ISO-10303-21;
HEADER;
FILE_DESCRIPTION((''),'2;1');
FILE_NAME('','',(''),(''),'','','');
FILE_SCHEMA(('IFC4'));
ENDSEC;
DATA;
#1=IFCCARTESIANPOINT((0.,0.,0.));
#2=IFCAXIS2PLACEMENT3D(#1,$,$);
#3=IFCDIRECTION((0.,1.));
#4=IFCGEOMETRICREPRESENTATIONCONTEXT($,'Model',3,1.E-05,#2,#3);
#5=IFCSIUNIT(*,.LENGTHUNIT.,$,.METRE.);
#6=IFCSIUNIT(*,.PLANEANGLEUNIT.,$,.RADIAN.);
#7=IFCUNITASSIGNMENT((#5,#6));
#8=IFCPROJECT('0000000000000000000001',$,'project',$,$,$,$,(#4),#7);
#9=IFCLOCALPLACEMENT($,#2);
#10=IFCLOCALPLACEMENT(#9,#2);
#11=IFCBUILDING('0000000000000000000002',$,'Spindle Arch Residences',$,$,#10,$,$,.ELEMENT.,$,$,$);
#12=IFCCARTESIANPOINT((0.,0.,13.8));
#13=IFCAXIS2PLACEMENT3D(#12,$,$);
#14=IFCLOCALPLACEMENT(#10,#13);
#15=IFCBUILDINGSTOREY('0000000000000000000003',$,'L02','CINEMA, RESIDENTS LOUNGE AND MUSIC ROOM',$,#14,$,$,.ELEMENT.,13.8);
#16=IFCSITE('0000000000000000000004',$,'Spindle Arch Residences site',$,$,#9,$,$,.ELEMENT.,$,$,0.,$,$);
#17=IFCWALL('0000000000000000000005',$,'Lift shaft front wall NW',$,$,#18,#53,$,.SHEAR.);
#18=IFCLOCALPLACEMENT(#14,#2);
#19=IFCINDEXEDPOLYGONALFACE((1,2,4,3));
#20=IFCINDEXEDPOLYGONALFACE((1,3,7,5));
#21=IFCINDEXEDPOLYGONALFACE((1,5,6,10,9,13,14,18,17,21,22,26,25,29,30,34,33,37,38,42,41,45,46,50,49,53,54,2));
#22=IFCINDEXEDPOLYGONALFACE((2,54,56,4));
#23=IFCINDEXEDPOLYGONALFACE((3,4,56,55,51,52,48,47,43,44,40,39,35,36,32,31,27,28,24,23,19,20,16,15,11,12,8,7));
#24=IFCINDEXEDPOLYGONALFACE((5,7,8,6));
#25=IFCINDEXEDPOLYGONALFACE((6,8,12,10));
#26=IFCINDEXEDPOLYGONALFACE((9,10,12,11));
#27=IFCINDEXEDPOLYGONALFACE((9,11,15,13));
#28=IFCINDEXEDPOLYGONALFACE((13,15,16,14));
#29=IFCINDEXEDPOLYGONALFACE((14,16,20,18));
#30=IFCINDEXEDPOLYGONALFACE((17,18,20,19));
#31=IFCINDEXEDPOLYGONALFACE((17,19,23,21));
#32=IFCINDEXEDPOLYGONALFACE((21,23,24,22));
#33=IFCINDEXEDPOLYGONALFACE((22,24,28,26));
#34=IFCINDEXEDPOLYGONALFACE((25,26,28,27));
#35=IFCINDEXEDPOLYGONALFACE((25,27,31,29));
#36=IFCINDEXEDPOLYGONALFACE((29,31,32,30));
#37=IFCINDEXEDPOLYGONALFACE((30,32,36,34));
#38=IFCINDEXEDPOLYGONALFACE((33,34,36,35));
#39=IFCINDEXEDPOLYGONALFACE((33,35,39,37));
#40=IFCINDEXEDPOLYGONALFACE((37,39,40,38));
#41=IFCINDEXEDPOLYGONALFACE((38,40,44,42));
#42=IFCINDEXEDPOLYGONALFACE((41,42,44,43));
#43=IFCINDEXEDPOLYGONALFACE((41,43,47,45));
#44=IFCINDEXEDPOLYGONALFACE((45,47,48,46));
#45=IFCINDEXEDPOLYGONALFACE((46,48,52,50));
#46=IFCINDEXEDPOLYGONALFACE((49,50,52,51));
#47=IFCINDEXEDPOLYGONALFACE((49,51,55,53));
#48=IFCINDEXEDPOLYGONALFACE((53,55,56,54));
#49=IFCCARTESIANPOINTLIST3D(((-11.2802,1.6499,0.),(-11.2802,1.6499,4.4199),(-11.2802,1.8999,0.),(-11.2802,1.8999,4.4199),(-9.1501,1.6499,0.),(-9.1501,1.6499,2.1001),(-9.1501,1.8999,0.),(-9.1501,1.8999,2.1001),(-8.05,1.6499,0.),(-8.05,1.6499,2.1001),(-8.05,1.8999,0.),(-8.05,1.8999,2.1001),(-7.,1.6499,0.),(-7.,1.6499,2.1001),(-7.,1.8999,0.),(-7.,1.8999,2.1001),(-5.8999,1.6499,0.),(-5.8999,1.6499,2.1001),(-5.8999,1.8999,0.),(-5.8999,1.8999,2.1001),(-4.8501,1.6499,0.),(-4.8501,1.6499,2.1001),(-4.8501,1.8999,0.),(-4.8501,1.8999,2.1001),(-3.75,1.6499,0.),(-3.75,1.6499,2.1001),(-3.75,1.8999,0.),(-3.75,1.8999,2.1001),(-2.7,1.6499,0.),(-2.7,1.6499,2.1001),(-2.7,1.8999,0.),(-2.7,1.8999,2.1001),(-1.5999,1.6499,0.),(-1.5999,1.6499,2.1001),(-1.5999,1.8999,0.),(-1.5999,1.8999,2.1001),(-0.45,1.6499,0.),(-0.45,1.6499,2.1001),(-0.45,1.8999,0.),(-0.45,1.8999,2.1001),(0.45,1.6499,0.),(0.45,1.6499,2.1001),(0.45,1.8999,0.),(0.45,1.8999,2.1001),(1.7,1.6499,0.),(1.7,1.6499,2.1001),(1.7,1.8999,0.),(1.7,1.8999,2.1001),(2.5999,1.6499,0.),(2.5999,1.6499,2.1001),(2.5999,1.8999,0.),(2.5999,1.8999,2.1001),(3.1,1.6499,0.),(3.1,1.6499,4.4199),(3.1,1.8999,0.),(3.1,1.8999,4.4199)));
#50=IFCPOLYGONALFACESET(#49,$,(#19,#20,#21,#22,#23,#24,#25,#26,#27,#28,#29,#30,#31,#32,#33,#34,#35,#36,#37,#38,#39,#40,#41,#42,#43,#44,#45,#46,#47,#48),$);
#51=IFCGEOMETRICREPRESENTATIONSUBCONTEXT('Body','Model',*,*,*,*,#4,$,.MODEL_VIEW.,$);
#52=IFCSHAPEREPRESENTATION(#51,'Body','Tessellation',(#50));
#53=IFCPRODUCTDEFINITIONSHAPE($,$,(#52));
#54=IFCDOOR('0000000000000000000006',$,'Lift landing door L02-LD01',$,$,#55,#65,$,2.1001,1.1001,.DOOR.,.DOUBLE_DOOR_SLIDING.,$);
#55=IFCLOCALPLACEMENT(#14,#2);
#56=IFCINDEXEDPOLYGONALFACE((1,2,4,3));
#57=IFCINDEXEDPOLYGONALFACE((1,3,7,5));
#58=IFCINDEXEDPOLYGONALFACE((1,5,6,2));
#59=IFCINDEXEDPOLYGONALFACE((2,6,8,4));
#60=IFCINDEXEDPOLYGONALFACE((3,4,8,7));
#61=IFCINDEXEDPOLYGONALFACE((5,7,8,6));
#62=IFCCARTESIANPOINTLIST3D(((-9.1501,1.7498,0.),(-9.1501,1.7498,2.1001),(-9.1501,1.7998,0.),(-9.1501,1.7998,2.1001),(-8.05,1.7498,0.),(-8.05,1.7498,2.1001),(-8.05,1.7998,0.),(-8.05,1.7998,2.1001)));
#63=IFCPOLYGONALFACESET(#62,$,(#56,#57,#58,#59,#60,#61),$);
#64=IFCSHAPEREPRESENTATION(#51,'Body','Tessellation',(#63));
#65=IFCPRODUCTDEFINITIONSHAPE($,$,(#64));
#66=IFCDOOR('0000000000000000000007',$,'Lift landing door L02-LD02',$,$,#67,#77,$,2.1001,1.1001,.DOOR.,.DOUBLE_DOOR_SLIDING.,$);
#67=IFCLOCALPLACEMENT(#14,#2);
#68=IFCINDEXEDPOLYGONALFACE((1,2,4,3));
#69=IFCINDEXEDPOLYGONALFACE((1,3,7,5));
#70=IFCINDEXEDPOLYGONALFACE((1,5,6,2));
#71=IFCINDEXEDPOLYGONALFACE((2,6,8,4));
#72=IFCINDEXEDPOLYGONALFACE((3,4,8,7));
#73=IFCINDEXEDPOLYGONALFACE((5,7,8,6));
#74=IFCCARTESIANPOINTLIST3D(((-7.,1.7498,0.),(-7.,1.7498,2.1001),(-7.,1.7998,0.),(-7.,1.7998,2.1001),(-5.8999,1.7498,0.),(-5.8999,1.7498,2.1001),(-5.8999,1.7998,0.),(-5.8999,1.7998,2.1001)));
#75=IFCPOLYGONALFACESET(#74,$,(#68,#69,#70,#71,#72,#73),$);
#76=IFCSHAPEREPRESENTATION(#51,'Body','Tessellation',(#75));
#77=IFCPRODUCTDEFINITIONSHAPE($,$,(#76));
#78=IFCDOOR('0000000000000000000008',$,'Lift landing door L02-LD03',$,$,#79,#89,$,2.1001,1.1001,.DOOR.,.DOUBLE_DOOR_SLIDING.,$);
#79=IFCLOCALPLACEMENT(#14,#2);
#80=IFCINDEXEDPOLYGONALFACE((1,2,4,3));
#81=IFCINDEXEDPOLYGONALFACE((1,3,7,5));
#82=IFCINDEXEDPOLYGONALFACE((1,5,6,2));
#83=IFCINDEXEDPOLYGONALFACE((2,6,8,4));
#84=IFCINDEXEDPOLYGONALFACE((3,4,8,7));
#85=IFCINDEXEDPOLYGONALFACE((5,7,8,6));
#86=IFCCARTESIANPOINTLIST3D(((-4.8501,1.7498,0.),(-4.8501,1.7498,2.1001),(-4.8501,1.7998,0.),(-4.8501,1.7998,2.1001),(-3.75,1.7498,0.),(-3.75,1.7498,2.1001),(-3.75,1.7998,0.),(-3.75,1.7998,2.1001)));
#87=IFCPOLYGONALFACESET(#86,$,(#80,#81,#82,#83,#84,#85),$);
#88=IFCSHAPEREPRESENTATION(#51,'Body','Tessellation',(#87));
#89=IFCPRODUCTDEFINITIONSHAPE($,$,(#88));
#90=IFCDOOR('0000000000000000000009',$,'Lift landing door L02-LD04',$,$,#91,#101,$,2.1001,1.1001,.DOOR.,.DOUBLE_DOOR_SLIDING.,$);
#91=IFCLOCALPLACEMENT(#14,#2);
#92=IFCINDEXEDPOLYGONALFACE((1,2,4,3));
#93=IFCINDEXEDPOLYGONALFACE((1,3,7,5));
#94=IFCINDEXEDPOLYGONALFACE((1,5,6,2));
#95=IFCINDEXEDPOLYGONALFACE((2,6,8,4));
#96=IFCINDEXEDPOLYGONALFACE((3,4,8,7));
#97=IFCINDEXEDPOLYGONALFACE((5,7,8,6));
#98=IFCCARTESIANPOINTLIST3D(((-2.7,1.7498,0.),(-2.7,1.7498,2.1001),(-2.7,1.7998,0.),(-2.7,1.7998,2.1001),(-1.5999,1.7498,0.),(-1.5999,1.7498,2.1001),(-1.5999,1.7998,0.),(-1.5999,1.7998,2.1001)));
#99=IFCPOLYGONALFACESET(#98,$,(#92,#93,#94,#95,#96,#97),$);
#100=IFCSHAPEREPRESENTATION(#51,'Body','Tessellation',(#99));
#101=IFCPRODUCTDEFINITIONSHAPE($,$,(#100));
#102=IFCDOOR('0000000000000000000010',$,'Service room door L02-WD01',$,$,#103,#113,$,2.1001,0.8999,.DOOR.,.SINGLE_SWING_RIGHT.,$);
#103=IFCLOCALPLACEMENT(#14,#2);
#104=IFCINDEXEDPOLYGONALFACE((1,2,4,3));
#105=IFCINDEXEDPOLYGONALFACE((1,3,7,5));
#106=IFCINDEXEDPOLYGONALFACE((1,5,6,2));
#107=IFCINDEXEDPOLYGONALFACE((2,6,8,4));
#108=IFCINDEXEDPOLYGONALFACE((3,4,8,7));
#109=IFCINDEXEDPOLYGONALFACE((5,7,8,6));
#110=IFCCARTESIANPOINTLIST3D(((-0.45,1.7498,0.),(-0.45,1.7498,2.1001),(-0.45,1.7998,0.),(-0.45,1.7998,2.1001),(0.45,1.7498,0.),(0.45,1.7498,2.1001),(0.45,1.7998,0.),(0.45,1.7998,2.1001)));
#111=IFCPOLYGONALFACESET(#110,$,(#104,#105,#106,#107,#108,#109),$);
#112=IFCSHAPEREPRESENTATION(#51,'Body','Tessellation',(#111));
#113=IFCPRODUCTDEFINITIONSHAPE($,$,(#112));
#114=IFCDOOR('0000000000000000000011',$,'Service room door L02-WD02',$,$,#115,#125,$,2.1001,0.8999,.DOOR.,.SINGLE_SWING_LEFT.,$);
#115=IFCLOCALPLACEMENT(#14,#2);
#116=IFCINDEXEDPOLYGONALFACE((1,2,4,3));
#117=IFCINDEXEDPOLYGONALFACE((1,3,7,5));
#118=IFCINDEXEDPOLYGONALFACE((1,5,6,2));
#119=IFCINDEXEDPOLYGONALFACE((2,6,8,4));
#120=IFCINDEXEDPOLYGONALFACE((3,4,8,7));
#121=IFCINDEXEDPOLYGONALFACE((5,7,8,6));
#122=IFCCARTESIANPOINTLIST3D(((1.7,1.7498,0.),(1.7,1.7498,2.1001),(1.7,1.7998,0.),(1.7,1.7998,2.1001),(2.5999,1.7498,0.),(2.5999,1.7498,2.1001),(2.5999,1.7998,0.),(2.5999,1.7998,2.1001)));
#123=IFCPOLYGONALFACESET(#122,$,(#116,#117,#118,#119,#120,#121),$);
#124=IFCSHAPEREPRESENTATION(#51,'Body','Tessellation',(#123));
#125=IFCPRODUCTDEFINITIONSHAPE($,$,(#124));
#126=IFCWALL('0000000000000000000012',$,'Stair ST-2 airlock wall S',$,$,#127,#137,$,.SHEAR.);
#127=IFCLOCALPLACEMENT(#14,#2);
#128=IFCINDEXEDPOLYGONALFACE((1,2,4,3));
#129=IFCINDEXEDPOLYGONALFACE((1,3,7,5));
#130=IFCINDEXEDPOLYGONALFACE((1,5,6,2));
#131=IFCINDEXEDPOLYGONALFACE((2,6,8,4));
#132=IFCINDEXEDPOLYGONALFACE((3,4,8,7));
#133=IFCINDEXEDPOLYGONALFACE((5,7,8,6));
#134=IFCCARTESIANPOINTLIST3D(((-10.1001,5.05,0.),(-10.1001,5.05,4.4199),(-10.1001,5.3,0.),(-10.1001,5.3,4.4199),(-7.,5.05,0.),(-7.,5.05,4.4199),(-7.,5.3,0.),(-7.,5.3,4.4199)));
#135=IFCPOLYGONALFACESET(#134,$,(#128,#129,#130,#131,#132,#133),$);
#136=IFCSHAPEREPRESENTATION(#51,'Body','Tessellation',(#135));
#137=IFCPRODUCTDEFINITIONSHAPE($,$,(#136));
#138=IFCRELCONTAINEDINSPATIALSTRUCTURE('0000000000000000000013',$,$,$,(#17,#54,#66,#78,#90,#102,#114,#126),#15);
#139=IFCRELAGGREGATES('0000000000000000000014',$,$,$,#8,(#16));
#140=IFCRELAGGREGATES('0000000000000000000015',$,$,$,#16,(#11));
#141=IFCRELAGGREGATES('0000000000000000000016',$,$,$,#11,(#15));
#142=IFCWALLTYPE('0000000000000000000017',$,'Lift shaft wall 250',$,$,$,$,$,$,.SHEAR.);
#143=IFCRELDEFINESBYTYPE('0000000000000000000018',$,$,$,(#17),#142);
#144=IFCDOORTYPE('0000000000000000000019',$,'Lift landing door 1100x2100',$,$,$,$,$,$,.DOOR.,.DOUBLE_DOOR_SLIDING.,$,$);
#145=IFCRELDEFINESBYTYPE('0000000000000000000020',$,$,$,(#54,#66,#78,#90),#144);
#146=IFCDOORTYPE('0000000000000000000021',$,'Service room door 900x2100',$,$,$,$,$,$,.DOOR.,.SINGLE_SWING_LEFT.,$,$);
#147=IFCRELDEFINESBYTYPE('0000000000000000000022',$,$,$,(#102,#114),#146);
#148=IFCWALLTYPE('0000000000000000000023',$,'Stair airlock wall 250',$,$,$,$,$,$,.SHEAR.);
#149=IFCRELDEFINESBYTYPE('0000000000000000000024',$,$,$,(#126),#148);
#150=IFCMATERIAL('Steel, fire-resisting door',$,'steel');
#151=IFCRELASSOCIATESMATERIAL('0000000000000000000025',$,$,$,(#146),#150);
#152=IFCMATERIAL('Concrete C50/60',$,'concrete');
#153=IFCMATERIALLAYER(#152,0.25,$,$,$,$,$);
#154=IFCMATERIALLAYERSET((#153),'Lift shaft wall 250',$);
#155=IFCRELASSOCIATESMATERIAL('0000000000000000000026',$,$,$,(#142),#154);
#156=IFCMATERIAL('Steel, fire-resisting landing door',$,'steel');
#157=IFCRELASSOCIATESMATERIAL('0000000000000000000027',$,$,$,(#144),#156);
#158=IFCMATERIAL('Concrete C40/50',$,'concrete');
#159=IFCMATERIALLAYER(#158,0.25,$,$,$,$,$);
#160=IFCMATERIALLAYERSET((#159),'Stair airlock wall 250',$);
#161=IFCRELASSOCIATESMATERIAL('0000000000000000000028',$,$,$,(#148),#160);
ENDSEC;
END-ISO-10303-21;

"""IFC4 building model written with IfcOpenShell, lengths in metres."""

from ifc_helpers import new_model, si_unit, direction, frame, frame_2d, origin, place, context, subcontext, project, spatial, rectangle, extrude, material, layer, layer_set, type_object, element, fill, save


model = new_model("IFC4")

# Units and contexts
model_context = context("Model", 3, precision=1e-05, world=origin(), true_north=direction((0.0, 1.0)))
body_context = subcontext(model_context, "Body", "Model", "MODEL_VIEW")
ifc_project = project(units=[si_unit("LENGTHUNIT", "METRE"), si_unit("PLANEANGLEUNIT", "RADIAN")], contexts=[model_context])

# Site, building, storey
site_placement = place(None, origin())
site = spatial("IfcSite", under=ifc_project, at=site_placement, Name="Spindle Arch Residences site", CompositionType="ELEMENT", RefElevation=0.0)
building_placement = place(site_placement, origin())
building = spatial("IfcBuilding", under=site, at=building_placement, Name="Spindle Arch Residences", CompositionType="ELEMENT")
storey_placement = place(building_placement, frame((0.0, 0.0, 13.8)))
storey = spatial("IfcBuildingStorey", under=building, at=storey_placement, Name="L02", Description="CINEMA, RESIDENTS LOUNGE AND MUSIC ROOM", CompositionType="ELEMENT", Elevation=13.8)

# Shared definitions
ifc_material_1 = material(Name="Steel, fire-resisting door", Category="steel")
door_type_1 = type_object("IfcDoorType", Name="Service room door 900x2100", OperationType="SINGLE_SWING_LEFT", PredefinedType="DOOR", material=ifc_material_1)

# Wall, openings, doors
ifc_material_2 = material(Name="Concrete C50/60", Category="concrete")
ifc_layer_1 = layer(ifc_material_2, 0.25)
ifc_layer_set_1 = layer_set([ifc_layer_1], Name="Lift shaft wall 250")
wall_type_1 = type_object("IfcWallType", Name="Lift shaft wall 250", PredefinedType="SHEAR", material=ifc_layer_set_1)
wall_1_placement = place(storey_placement, frame((-11.28, 1.7749, 0.0), z_axis=(0.0, 0.0, 1.0), x_axis=(1.0, 0.0, 0.0)))
wall_1 = element("IfcWall", 1, at=wall_1_placement, inside=storey, type_object=wall_type_1, Name="Lift shaft front wall NW", PredefinedType="SHEAR", context=body_context, shape_type="SweptSolid", body=[
    extrude(rectangle(XDim=14.3801, YDim=0.25, at=frame_2d((7.1899, 0.0))), origin(), (0.0, 0.0, 1.0), 4.4199),
])
opening_1_placement = place(wall_1_placement, frame((2.1299, 0.0, 0.0)))
opening_1 = element("IfcOpeningElement", 2, at=opening_1_placement, cuts=wall_1, PredefinedType="OPENING", context=body_context, shape_type="SweptSolid", body=[
    extrude(rectangle(XDim=1.1001, YDim=2.1001, at=frame_2d((0.55, 1.05))), frame((0.0, 0.135, 0.0), z_axis=(0.0, -1.0, 0.0), x_axis=(1.0, 0.0, 0.0)), (0.0, 0.0, 1.0), 0.27),
])
opening_2_placement = place(wall_1_placement, frame((4.28, 0.0, 0.0)))
opening_2 = element("IfcOpeningElement", 3, at=opening_2_placement, cuts=wall_1, PredefinedType="OPENING", context=body_context, shape_type="SweptSolid", body=[
    extrude(rectangle(XDim=1.1001, YDim=2.1001, at=frame_2d((0.55, 1.05))), frame((0.0, 0.135, 0.0), z_axis=(0.0, -1.0, 0.0), x_axis=(1.0, 0.0, 0.0)), (0.0, 0.0, 1.0), 0.27),
])
opening_3_placement = place(wall_1_placement, frame((6.4299, 0.0, 0.0)))
opening_3 = element("IfcOpeningElement", 4, at=opening_3_placement, cuts=wall_1, PredefinedType="OPENING", context=body_context, shape_type="SweptSolid", body=[
    extrude(rectangle(XDim=1.1001, YDim=2.1001, at=frame_2d((0.55, 1.05))), frame((0.0, 0.135, 0.0), z_axis=(0.0, -1.0, 0.0), x_axis=(1.0, 0.0, 0.0)), (0.0, 0.0, 1.0), 0.27),
])
opening_4_placement = place(wall_1_placement, frame((8.5801, 0.0, 0.0)))
opening_4 = element("IfcOpeningElement", 5, at=opening_4_placement, cuts=wall_1, PredefinedType="OPENING", context=body_context, shape_type="SweptSolid", body=[
    extrude(rectangle(XDim=1.1001, YDim=2.1001, at=frame_2d((0.55, 1.05))), frame((0.0, 0.135, 0.0), z_axis=(0.0, -1.0, 0.0), x_axis=(1.0, 0.0, 0.0)), (0.0, 0.0, 1.0), 0.27),
])
opening_5_placement = place(wall_1_placement, frame((10.8301, 0.0, 0.0)))
opening_5 = element("IfcOpeningElement", 6, at=opening_5_placement, cuts=wall_1, PredefinedType="OPENING", context=body_context, shape_type="SweptSolid", body=[
    extrude(rectangle(XDim=0.8999, YDim=2.1001, at=frame_2d((0.45, 1.05))), frame((0.0, 0.135, 0.0), z_axis=(0.0, -1.0, 0.0), x_axis=(1.0, 0.0, 0.0)), (0.0, 0.0, 1.0), 0.27),
])
opening_6_placement = place(wall_1_placement, frame((12.98, 0.0, 0.0)))
opening_6 = element("IfcOpeningElement", 7, at=opening_6_placement, cuts=wall_1, PredefinedType="OPENING", context=body_context, shape_type="SweptSolid", body=[
    extrude(rectangle(XDim=0.8999, YDim=2.1001, at=frame_2d((0.45, 1.05))), frame((0.0, 0.135, 0.0), z_axis=(0.0, -1.0, 0.0), x_axis=(1.0, 0.0, 0.0)), (0.0, 0.0, 1.0), 0.27),
])
ifc_material_3 = material(Name="Steel, fire-resisting landing door", Category="steel")
door_type_2 = type_object("IfcDoorType", Name="Lift landing door 1100x2100", OperationType="DOUBLE_DOOR_SLIDING", PredefinedType="DOOR", material=ifc_material_3)
door_1_placement = place(opening_1_placement, origin())
door_1 = element("IfcDoor", 8, at=door_1_placement, inside=storey, type_object=door_type_2, Name="Lift landing door L02-LD01", OperationType="DOUBLE_DOOR_SLIDING", OverallHeight=2.1001, OverallWidth=1.1001, PredefinedType="DOOR", context=body_context, shape_type="SweptSolid", body=[
    extrude(rectangle(XDim=1.1001, YDim=2.1001, at=frame_2d((0.55, 1.05))), frame((0.0, 0.0249, 0.0), z_axis=(0.0, -1.0, 0.0), x_axis=(1.0, 0.0, 0.0)), (0.0, 0.0, 1.0), 0.05),
])
fill(opening_1, door_1)
door_2_placement = place(opening_2_placement, origin())
door_2 = element("IfcDoor", 9, at=door_2_placement, inside=storey, type_object=door_type_2, Name="Lift landing door L02-LD02", OperationType="DOUBLE_DOOR_SLIDING", OverallHeight=2.1001, OverallWidth=1.1001, PredefinedType="DOOR", context=body_context, shape_type="SweptSolid", body=[
    extrude(rectangle(XDim=1.1001, YDim=2.1001, at=frame_2d((0.55, 1.05))), frame((0.0, 0.0249, 0.0), z_axis=(0.0, -1.0, 0.0), x_axis=(1.0, 0.0, 0.0)), (0.0, 0.0, 1.0), 0.05),
])
fill(opening_2, door_2)
door_3_placement = place(opening_3_placement, origin())
door_3 = element("IfcDoor", 10, at=door_3_placement, inside=storey, type_object=door_type_2, Name="Lift landing door L02-LD03", OperationType="DOUBLE_DOOR_SLIDING", OverallHeight=2.1001, OverallWidth=1.1001, PredefinedType="DOOR", context=body_context, shape_type="SweptSolid", body=[
    extrude(rectangle(XDim=1.1001, YDim=2.1001, at=frame_2d((0.55, 1.05))), frame((0.0, 0.0249, 0.0), z_axis=(0.0, -1.0, 0.0), x_axis=(1.0, 0.0, 0.0)), (0.0, 0.0, 1.0), 0.05),
])
fill(opening_3, door_3)
door_4_placement = place(opening_4_placement, origin())
door_4 = element("IfcDoor", 11, at=door_4_placement, inside=storey, type_object=door_type_2, Name="Lift landing door L02-LD04", OperationType="DOUBLE_DOOR_SLIDING", OverallHeight=2.1001, OverallWidth=1.1001, PredefinedType="DOOR", context=body_context, shape_type="SweptSolid", body=[
    extrude(rectangle(XDim=1.1001, YDim=2.1001, at=frame_2d((0.55, 1.05))), frame((0.0, 0.0249, 0.0), z_axis=(0.0, -1.0, 0.0), x_axis=(1.0, 0.0, 0.0)), (0.0, 0.0, 1.0), 0.05),
])
fill(opening_4, door_4)
door_5_placement = place(opening_5_placement, origin())
door_5 = element("IfcDoor", 12, at=door_5_placement, inside=storey, type_object=door_type_1, Name="Service room door L02-WD01", OperationType="SINGLE_SWING_RIGHT", OverallHeight=2.1001, OverallWidth=0.8999, PredefinedType="DOOR", context=body_context, shape_type="SweptSolid", body=[
    extrude(rectangle(XDim=0.8999, YDim=2.1001, at=frame_2d((0.45, 1.05))), frame((0.0, 0.0249, 0.0), z_axis=(0.0, -1.0, 0.0), x_axis=(1.0, 0.0, 0.0)), (0.0, 0.0, 1.0), 0.05),
])
fill(opening_5, door_5)
door_6_placement = place(opening_6_placement, origin())
door_6 = element("IfcDoor", 13, at=door_6_placement, inside=storey, type_object=door_type_1, Name="Service room door L02-WD02", OperationType="SINGLE_SWING_LEFT", OverallHeight=2.1001, OverallWidth=0.8999, PredefinedType="DOOR", context=body_context, shape_type="SweptSolid", body=[
    extrude(rectangle(XDim=0.8999, YDim=2.1001, at=frame_2d((0.45, 1.05))), frame((0.0, 0.0249, 0.0), z_axis=(0.0, -1.0, 0.0), x_axis=(1.0, 0.0, 0.0)), (0.0, 0.0, 1.0), 0.05),
])
fill(opening_6, door_6)

# Wall
ifc_material_4 = material(Name="Concrete C40/50", Category="concrete")
ifc_layer_2 = layer(ifc_material_4, 0.25)
ifc_layer_set_2 = layer_set([ifc_layer_2], Name="Stair airlock wall 250")
wall_type_2 = type_object("IfcWallType", Name="Stair airlock wall 250", PredefinedType="SHEAR", material=ifc_layer_set_2)
wall_2_placement = place(storey_placement, frame((-7.0, 5.175, 0.0), z_axis=(0.0, 0.0, 1.0), x_axis=(-1.0, 0.0, 0.0)))
element("IfcWall", 14, at=wall_2_placement, inside=storey, type_object=wall_type_2, Name="Stair ST-2 airlock wall S", PredefinedType="SHEAR", context=body_context, shape_type="SweptSolid", body=[
    extrude(rectangle(XDim=3.1001, YDim=0.25, at=frame_2d((1.55, 0.0))), origin(), (0.0, 0.0, 1.0), 4.4199),
])

save(model, "model.ifc")
